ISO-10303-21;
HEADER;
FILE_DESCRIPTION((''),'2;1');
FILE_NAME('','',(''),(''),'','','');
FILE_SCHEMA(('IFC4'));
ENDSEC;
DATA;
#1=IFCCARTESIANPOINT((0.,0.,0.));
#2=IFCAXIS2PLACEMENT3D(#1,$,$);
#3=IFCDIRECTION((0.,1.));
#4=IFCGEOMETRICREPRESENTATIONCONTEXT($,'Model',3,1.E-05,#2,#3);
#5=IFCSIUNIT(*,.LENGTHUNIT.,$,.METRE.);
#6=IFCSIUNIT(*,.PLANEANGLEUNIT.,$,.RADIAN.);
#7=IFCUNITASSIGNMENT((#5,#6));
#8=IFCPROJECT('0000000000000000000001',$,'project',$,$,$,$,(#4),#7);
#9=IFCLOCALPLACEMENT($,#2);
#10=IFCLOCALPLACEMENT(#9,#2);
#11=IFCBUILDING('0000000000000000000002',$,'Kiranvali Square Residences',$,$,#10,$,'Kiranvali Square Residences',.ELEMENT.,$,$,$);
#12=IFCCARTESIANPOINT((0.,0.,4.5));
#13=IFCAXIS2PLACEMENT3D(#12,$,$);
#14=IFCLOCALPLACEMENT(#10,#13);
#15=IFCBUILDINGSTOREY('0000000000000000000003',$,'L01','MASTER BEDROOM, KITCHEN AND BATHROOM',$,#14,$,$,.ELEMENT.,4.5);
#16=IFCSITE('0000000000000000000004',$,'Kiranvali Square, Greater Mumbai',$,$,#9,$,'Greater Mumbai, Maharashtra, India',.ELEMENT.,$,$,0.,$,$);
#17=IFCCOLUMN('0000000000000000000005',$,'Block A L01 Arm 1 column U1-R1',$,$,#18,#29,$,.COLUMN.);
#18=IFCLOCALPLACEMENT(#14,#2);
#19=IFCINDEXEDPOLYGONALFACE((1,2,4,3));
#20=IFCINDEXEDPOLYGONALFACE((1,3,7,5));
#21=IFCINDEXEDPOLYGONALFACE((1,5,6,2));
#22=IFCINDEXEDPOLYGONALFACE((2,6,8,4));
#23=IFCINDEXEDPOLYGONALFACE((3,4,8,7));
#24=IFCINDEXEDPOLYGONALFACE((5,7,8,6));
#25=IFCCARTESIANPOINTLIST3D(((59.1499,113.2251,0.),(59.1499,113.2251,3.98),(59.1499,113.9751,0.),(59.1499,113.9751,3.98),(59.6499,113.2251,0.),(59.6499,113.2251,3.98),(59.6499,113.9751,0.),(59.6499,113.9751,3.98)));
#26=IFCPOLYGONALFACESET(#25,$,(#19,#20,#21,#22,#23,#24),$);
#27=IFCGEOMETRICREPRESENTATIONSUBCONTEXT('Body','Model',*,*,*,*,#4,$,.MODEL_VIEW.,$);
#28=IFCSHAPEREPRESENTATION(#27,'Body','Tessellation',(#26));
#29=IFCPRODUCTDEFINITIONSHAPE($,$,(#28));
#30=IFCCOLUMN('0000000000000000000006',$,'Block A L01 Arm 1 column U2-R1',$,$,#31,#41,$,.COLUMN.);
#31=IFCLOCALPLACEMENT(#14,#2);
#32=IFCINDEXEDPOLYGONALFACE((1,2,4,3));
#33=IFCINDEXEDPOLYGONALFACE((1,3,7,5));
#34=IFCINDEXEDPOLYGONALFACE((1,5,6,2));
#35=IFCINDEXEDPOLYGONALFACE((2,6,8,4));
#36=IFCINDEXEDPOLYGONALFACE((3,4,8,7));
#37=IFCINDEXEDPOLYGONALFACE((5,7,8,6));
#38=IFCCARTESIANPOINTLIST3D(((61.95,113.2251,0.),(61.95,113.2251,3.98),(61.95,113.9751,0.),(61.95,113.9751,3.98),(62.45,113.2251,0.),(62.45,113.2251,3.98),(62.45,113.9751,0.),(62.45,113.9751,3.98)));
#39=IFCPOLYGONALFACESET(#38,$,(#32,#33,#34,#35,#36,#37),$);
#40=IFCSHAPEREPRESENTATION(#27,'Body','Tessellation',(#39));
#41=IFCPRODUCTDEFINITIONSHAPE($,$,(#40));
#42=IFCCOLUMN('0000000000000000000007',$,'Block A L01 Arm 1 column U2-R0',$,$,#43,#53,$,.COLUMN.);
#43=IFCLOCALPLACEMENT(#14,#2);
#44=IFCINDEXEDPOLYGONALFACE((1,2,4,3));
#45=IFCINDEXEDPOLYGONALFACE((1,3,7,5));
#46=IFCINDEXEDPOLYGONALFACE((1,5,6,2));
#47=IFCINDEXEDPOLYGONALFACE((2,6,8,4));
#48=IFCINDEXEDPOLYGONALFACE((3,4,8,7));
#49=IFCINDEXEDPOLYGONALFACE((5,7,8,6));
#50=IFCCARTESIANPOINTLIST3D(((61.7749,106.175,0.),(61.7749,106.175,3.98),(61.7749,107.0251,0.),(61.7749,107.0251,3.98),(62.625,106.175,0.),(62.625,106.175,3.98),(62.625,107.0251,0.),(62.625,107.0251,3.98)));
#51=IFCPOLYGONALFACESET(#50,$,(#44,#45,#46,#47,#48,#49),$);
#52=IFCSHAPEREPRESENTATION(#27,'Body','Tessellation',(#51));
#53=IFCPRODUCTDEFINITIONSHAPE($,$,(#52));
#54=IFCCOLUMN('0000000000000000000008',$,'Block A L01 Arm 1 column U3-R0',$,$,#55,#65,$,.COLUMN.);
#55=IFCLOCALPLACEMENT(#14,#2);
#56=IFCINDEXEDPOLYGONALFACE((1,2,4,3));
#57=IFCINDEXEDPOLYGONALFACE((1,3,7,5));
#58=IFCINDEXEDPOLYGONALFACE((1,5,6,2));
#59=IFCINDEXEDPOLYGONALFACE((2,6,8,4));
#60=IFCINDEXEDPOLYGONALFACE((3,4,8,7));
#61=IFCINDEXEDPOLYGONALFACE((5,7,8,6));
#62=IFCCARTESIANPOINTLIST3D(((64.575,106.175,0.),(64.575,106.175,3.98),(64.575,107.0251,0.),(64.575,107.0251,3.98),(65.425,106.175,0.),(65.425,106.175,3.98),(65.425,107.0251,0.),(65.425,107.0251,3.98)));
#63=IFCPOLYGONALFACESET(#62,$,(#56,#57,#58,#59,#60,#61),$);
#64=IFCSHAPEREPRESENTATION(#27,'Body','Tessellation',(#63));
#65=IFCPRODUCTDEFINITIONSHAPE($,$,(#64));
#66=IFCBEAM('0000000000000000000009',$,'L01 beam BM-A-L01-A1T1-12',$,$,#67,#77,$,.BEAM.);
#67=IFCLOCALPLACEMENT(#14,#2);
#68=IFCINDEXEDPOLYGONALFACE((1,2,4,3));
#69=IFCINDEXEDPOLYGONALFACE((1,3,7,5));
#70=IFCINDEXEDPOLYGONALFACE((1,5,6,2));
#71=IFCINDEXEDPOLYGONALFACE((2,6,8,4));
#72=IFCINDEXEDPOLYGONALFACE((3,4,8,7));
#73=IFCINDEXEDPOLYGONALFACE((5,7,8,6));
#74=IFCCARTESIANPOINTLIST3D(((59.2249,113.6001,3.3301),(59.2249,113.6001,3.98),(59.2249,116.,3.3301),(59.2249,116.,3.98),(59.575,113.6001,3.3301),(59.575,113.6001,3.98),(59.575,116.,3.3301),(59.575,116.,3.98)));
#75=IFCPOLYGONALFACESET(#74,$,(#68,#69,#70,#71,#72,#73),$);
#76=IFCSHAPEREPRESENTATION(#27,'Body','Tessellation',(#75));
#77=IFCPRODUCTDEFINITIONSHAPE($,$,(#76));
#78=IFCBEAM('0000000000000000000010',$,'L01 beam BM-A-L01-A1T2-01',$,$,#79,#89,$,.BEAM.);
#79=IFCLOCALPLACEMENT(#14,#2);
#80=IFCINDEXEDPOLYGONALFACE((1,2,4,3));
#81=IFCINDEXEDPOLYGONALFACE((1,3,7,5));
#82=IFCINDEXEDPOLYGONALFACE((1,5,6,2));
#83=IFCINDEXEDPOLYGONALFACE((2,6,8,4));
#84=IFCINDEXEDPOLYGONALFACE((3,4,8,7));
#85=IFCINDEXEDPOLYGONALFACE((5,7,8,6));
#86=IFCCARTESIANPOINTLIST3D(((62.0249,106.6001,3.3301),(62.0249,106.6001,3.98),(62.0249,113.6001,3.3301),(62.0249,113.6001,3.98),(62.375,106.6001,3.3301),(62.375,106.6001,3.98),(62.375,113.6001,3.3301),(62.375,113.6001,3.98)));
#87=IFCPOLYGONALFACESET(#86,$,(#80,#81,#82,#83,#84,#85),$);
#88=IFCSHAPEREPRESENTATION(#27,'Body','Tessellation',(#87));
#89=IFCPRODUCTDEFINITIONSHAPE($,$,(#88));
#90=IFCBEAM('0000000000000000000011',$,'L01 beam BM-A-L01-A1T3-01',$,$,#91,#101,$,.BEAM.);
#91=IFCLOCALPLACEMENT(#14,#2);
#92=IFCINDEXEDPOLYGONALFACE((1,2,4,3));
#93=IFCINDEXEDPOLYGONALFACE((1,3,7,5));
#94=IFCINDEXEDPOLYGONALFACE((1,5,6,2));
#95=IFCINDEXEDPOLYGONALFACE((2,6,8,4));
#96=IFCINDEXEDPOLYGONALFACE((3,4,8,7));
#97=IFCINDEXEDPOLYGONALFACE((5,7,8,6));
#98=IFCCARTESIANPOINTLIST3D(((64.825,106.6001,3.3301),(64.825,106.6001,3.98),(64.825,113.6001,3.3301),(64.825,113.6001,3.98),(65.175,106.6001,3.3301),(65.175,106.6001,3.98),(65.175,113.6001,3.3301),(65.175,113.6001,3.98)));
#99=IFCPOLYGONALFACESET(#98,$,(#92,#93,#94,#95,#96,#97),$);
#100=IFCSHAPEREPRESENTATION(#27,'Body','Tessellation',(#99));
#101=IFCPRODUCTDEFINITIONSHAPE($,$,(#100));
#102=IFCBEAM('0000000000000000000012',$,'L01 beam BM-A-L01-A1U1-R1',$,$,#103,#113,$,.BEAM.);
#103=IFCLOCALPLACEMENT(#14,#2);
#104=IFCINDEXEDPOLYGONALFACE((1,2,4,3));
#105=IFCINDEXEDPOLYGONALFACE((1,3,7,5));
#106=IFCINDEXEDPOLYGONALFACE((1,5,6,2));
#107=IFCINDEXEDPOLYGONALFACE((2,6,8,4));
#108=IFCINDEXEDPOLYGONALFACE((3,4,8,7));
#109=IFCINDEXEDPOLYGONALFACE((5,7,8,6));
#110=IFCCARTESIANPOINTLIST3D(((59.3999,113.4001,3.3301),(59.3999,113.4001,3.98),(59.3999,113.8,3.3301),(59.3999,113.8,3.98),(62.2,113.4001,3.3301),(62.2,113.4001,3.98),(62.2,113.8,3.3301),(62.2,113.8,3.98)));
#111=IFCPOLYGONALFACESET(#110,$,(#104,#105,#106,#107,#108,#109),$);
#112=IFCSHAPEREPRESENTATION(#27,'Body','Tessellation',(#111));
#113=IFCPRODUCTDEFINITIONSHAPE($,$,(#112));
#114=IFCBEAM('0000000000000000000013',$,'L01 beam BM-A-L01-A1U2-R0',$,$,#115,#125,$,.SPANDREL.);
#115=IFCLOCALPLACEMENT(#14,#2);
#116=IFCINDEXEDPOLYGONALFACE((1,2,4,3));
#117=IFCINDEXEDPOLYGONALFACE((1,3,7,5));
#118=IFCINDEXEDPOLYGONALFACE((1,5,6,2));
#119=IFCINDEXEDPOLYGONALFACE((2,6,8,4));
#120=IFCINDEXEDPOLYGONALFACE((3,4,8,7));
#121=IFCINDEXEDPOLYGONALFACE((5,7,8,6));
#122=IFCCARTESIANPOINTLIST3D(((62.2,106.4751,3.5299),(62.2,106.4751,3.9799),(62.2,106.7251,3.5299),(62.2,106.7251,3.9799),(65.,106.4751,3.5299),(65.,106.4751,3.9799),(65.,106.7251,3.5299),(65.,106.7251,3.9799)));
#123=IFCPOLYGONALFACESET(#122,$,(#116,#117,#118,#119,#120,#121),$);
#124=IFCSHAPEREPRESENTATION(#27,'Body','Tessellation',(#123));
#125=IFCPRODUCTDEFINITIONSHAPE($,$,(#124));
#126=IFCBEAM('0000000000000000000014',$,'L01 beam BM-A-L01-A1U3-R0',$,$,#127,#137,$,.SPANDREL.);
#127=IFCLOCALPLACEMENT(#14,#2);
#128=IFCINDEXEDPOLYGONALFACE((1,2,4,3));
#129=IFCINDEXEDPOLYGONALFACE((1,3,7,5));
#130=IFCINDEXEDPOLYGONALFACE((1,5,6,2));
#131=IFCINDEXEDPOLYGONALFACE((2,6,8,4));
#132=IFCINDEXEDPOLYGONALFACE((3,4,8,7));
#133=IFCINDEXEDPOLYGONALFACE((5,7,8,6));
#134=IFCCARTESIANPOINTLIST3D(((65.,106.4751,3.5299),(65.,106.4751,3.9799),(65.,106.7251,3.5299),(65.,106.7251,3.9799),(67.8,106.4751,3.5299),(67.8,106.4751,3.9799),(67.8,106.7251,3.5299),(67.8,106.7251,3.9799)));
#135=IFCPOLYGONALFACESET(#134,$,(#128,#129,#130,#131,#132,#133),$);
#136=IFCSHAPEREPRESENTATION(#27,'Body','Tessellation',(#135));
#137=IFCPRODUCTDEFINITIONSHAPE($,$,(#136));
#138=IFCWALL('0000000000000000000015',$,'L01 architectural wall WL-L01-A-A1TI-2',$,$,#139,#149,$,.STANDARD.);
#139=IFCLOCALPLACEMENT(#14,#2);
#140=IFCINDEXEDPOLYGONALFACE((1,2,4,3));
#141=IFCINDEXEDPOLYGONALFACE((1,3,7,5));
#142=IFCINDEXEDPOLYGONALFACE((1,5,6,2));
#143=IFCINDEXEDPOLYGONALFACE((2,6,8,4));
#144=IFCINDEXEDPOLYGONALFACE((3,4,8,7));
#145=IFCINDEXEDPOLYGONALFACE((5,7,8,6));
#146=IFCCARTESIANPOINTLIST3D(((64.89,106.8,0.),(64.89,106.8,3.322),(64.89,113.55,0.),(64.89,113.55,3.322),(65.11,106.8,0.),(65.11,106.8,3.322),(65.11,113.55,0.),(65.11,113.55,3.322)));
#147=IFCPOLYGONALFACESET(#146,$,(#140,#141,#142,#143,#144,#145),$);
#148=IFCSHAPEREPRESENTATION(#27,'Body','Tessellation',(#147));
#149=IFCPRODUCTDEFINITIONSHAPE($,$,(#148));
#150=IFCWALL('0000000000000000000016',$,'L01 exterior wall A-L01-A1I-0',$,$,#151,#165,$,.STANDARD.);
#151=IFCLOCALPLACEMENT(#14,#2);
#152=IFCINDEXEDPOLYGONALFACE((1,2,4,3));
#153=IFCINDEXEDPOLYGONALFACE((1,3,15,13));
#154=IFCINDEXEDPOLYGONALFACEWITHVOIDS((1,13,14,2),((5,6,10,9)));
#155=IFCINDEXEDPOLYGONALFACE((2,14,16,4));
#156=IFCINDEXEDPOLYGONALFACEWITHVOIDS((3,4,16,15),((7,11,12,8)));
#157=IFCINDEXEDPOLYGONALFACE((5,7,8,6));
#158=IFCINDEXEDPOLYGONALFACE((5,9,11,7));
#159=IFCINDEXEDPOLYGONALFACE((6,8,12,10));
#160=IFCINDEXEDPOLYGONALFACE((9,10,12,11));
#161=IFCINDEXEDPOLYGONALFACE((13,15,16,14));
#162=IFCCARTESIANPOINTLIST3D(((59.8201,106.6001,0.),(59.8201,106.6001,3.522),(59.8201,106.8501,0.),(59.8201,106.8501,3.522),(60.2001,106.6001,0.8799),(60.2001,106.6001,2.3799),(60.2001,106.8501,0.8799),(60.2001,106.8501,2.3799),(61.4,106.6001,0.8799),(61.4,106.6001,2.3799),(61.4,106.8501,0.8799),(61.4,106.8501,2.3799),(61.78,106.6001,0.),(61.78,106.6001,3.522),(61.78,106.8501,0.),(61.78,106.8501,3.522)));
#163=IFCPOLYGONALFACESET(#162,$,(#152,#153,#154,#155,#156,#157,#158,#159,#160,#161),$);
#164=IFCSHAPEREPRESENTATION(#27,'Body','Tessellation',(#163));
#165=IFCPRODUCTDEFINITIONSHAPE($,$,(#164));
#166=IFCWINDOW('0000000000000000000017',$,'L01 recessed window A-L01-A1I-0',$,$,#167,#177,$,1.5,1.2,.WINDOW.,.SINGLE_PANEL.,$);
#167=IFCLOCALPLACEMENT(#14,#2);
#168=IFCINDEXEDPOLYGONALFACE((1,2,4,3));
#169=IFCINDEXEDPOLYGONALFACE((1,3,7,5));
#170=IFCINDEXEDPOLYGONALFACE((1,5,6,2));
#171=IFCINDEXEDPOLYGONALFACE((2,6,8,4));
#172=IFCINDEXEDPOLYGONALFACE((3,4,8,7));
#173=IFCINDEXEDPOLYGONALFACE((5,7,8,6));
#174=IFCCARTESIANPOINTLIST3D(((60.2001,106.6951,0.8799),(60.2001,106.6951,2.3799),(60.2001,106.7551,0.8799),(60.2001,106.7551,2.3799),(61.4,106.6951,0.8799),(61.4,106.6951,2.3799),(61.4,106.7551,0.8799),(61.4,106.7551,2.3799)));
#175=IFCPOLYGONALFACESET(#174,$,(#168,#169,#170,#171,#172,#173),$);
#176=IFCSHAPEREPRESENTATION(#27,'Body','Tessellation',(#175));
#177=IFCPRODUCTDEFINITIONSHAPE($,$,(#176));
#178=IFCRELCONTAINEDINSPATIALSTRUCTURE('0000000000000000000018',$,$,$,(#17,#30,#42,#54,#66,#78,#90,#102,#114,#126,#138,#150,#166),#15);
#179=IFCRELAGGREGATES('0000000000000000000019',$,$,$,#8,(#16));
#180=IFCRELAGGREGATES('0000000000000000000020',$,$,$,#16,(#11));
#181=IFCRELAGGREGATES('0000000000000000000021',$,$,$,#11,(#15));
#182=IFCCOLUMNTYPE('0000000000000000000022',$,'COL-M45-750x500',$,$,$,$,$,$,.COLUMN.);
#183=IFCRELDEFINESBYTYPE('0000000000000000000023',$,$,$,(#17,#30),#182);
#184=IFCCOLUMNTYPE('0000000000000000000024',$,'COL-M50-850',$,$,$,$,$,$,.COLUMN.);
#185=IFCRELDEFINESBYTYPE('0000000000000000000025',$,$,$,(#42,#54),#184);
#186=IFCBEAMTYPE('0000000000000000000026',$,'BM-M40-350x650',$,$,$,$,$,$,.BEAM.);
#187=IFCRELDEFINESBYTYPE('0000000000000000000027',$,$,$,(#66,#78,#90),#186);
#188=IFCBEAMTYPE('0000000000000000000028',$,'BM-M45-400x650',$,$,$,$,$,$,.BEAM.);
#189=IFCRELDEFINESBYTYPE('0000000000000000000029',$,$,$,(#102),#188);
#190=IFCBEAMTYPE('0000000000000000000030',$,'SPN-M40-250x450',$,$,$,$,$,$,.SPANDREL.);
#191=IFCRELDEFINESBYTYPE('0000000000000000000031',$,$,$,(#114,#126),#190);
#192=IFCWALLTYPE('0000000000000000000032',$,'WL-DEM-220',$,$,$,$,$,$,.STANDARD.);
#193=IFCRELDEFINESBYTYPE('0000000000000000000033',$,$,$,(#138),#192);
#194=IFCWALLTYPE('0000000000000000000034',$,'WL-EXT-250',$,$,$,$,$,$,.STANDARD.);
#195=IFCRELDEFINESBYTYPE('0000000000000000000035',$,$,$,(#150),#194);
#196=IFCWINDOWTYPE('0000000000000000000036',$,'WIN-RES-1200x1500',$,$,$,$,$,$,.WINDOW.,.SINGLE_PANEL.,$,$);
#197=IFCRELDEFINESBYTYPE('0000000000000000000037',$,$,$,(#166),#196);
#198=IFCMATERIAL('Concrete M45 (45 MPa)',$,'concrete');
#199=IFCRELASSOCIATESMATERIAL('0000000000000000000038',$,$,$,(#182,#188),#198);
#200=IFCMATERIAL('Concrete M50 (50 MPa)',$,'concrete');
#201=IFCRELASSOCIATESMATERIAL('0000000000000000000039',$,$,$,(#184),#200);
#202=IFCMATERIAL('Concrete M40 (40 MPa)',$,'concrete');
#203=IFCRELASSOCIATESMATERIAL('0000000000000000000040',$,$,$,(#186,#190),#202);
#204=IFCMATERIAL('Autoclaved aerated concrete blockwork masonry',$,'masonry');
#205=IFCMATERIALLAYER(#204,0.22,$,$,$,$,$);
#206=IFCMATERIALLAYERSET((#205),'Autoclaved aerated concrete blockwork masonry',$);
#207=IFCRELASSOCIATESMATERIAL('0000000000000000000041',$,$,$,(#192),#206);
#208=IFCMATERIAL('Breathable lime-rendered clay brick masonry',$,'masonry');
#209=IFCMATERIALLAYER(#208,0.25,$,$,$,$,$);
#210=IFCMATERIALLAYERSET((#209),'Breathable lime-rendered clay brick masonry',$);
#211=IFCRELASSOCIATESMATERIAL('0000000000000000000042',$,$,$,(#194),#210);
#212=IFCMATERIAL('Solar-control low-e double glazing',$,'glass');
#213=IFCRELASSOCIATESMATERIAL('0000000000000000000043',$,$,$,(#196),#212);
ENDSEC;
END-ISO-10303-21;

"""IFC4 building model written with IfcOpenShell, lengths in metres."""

from ifc_helpers import new_model, si_unit, direction, frame, frame_2d, origin, origin_2d, place, context, subcontext, project, spatial, rectangle, extrude, material, layer, layer_set, material_profile, profile_set, type_object, element, fill, save


model = new_model("IFC4")

# Units and contexts
model_context = context("Model", 3, precision=1e-05, world=origin(), true_north=direction((0.0, 1.0)))
body_context = subcontext(model_context, "Body", "Model", "MODEL_VIEW")
ifc_project = project(units=[si_unit("LENGTHUNIT", "METRE"), si_unit("PLANEANGLEUNIT", "RADIAN")], contexts=[model_context])

# Site, building, storey
site_placement = place(None, origin())
site = spatial("IfcSite", under=ifc_project, at=site_placement, Name="Kiranvali Square, Greater Mumbai", LongName="Greater Mumbai, Maharashtra, India", CompositionType="ELEMENT", RefElevation=0.0)
building_placement = place(site_placement, origin())
building = spatial("IfcBuilding", under=site, at=building_placement, Name="Kiranvali Square Residences", LongName="Kiranvali Square Residences", CompositionType="ELEMENT")
storey_placement = place(building_placement, frame((0.0, 0.0, 4.5)))
storey = spatial("IfcBuildingStorey", under=building, at=storey_placement, Name="L01", Description="MASTER BEDROOM, KITCHEN AND BATHROOM", CompositionType="ELEMENT", Elevation=4.5)

# Columns
ifc_material_1 = material(Name="Concrete M45 (45 MPa)", Category="concrete")
ifc_material_profile_1 = material_profile(ifc_material_1, rectangle(XDim=0.5, YDim=0.75, at=origin_2d()), Name="RC 750x500")
ifc_profile_set_1 = profile_set([ifc_material_profile_1], Name="Concrete M45 (45 MPa)")
column_type_1 = type_object("IfcColumnType", Name="COL-M45-750x500", PredefinedType="COLUMN", material=ifc_profile_set_1)
for number, where, z_axis, x_axis, name in (
    (1, (59.3999, 113.6001, 0.0), (0.0, 0.0, 1.0), (1.0, 0.0, 0.0), "Block A L01 Arm 1 column U1-R1"),
    (2, (62.2, 113.6001, 0.0), (0.0, 0.0, 1.0), (1.0, 0.0, 0.0), "Block A L01 Arm 1 column U2-R1"),
):
    element("IfcColumn", number, at=place(storey_placement, frame(where, z_axis=z_axis, x_axis=x_axis)), inside=storey, type_object=column_type_1, Name=name, PredefinedType="COLUMN", context=body_context, shape_type="SweptSolid", body=[
        extrude(rectangle(XDim=0.5, YDim=0.75, at=origin_2d()), origin(), (0.0, 0.0, 1.0), 3.98),
    ])
ifc_material_2 = material(Name="Concrete M50 (50 MPa)", Category="concrete")
ifc_material_profile_2 = material_profile(ifc_material_2, rectangle(XDim=0.8501, YDim=0.8501, at=origin_2d()), Name="RC 850x850")
ifc_profile_set_2 = profile_set([ifc_material_profile_2], Name="Concrete M50 (50 MPa)")
column_type_2 = type_object("IfcColumnType", Name="COL-M50-850", PredefinedType="COLUMN", material=ifc_profile_set_2)
for number, where, z_axis, x_axis, name in (
    (3, (62.2, 106.6001, 0.0), (0.0, 0.0, 1.0), (1.0, 0.0, 0.0), "Block A L01 Arm 1 column U2-R0"),
    (4, (65.0, 106.6001, 0.0), (0.0, 0.0, 1.0), (1.0, 0.0, 0.0), "Block A L01 Arm 1 column U3-R0"),
):
    element("IfcColumn", number, at=place(storey_placement, frame(where, z_axis=z_axis, x_axis=x_axis)), inside=storey, type_object=column_type_2, Name=name, PredefinedType="COLUMN", context=body_context, shape_type="SweptSolid", body=[
        extrude(rectangle(XDim=0.8501, YDim=0.8501, at=origin_2d()), origin(), (0.0, 0.0, 1.0), 3.98),
    ])

# Beams
ifc_material_3 = material(Name="Concrete M40 (40 MPa)", Category="concrete")
ifc_material_profile_3 = material_profile(ifc_material_3, rectangle(XDim=0.3501, YDim=0.6499, at=origin_2d()), Name="RC 350x650")
ifc_profile_set_3 = profile_set([ifc_material_profile_3], Name="Concrete M40 (40 MPa)")
beam_type_1 = type_object("IfcBeamType", Name="BM-M40-350x650", PredefinedType="BEAM", material=ifc_profile_set_3)
beam_1_placement = place(storey_placement, frame((59.3999, 113.6001, 3.655), z_axis=(0.0, 1.0, 0.0), x_axis=(-1.0, 0.0, 0.0)))
element("IfcBeam", 5, at=beam_1_placement, inside=storey, type_object=beam_type_1, Name="L01 beam BM-A-L01-A1T1-12", PredefinedType="BEAM", context=body_context, shape_type="SweptSolid", body=[
    extrude(rectangle(XDim=0.3501, YDim=0.6499, at=origin_2d()), origin(), (0.0, 0.0, 1.0), 2.3999),
])
for number, where, z_axis, x_axis, name in (
    (6, (62.2, 106.6001, 3.655), (0.0, 1.0, 0.0), (-1.0, 0.0, 0.0), "L01 beam BM-A-L01-A1T2-01"),
    (7, (65.0, 106.6001, 3.655), (0.0, 1.0, 0.0), (-1.0, 0.0, 0.0), "L01 beam BM-A-L01-A1T3-01"),
):
    element("IfcBeam", number, at=place(storey_placement, frame(where, z_axis=z_axis, x_axis=x_axis)), inside=storey, type_object=beam_type_1, Name=name, PredefinedType="BEAM", context=body_context, shape_type="SweptSolid", body=[
        extrude(rectangle(XDim=0.3501, YDim=0.6499, at=origin_2d()), origin(), (0.0, 0.0, 1.0), 7.0),
    ])
ifc_material_profile_4 = material_profile(ifc_material_1, rectangle(XDim=0.3999, YDim=0.6499, at=origin_2d()), Name="RC 400x650")
ifc_profile_set_4 = profile_set([ifc_material_profile_4], Name="Concrete M45 (45 MPa)")
beam_type_2 = type_object("IfcBeamType", Name="BM-M45-400x650", PredefinedType="BEAM", material=ifc_profile_set_4)
beam_2_placement = place(storey_placement, frame((59.3999, 113.6001, 3.655), z_axis=(1.0, 0.0, 0.0), x_axis=(0.0, 1.0, 0.0)))
element("IfcBeam", 8, at=beam_2_placement, inside=storey, type_object=beam_type_2, Name="L01 beam BM-A-L01-A1U1-R1", PredefinedType="BEAM", context=body_context, shape_type="SweptSolid", body=[
    extrude(rectangle(XDim=0.3999, YDim=0.6499, at=origin_2d()), origin(), (0.0, 0.0, 1.0), 2.8),
])
ifc_material_profile_5 = material_profile(ifc_material_3, rectangle(XDim=0.25, YDim=0.45, at=origin_2d()), Name="RC 250x450")
ifc_profile_set_5 = profile_set([ifc_material_profile_5], Name="Concrete M40 (40 MPa)")
beam_type_3 = type_object("IfcBeamType", Name="SPN-M40-250x450", PredefinedType="SPANDREL", material=ifc_profile_set_5)
for number, where, z_axis, x_axis, name in (
    (9, (62.2, 106.6001, 3.7549), (1.0, 0.0, 0.0), (0.0, 1.0, 0.0), "L01 beam BM-A-L01-A1U2-R0"),
    (10, (65.0, 106.6001, 3.7549), (1.0, 0.0, 0.0), (0.0, 1.0, 0.0), "L01 beam BM-A-L01-A1U3-R0"),
):
    element("IfcBeam", number, at=place(storey_placement, frame(where, z_axis=z_axis, x_axis=x_axis)), inside=storey, type_object=beam_type_3, Name=name, PredefinedType="SPANDREL", context=body_context, shape_type="SweptSolid", body=[
        extrude(rectangle(XDim=0.25, YDim=0.45, at=origin_2d()), origin(), (0.0, 0.0, 1.0), 2.8),
    ])

# Shared definitions
ifc_material_4 = material(Name="Autoclaved aerated concrete blockwork masonry", Category="masonry")

# Wall
ifc_layer_1 = layer(ifc_material_4, 0.22)
ifc_layer_set_1 = layer_set([ifc_layer_1], Name="Autoclaved aerated concrete blockwork masonry")
wall_type_1 = type_object("IfcWallType", Name="WL-DEM-220", PredefinedType="STANDARD", material=ifc_layer_set_1)
wall_1_placement = place(storey_placement, frame((65.0, 106.8, 0.0), z_axis=(0.0, 0.0, 1.0), x_axis=(0.0, 1.0, 0.0)))
element("IfcWall", 11, at=wall_1_placement, inside=storey, type_object=wall_type_1, Name="L01 architectural wall WL-L01-A-A1TI-2", PredefinedType="STANDARD", context=body_context, shape_type="SweptSolid", body=[
    extrude(rectangle(XDim=6.75, YDim=0.22, at=frame_2d((3.375, 0.0))), origin(), (0.0, 0.0, 1.0), 3.322),
])

# Wall, opening, window
ifc_material_5 = material(Name="Breathable lime-rendered clay brick masonry", Category="masonry")
ifc_layer_2 = layer(ifc_material_5, 0.25)
ifc_layer_set_2 = layer_set([ifc_layer_2], Name="Breathable lime-rendered clay brick masonry")
wall_type_2 = type_object("IfcWallType", Name="WL-EXT-250", PredefinedType="STANDARD", material=ifc_layer_set_2)
wall_2_placement = place(storey_placement, frame((59.8201, 106.7251, 0.0), z_axis=(0.0, 0.0, 1.0), x_axis=(1.0, 0.0, 0.0)))
wall_2 = element("IfcWall", 12, at=wall_2_placement, inside=storey, type_object=wall_type_2, Name="L01 exterior wall A-L01-A1I-0", PredefinedType="STANDARD", context=body_context, shape_type="SweptSolid", body=[
    extrude(rectangle(XDim=1.96, YDim=0.25, at=frame_2d((0.98, 0.0))), origin(), (0.0, 0.0, 1.0), 3.522),
])
opening_1_placement = place(wall_2_placement, frame((0.3799, 0.0, 0.8799)))
opening_1 = element("IfcOpeningElement", 13, at=opening_1_placement, cuts=wall_2, PredefinedType="OPENING", context=body_context, shape_type="SweptSolid", body=[
    extrude(rectangle(XDim=1.2, YDim=1.5, at=frame_2d((0.6001, 0.75))), frame((0.0, 0.135, 0.0), z_axis=(0.0, -1.0, 0.0), x_axis=(1.0, 0.0, 0.0)), (0.0, 0.0, 1.0), 0.27),
])
ifc_material_6 = material(Name="Solar-control low-e double glazing", Category="glass")
window_type = type_object("IfcWindowType", Name="WIN-RES-1200x1500", PartitioningType="SINGLE_PANEL", PredefinedType="WINDOW", material=ifc_material_6)
window_1_placement = place(opening_1_placement, origin())
window_1 = element("IfcWindow", 14, at=window_1_placement, inside=storey, type_object=window_type, Name="L01 recessed window A-L01-A1I-0", OverallHeight=1.5, OverallWidth=1.2, PartitioningType="SINGLE_PANEL", PredefinedType="WINDOW", context=body_context, shape_type="SweptSolid", body=[
    extrude(rectangle(XDim=1.2, YDim=1.5, at=frame_2d((0.6001, 0.75))), frame((0.0, 0.03, 0.0), z_axis=(0.0, -1.0, 0.0), x_axis=(1.0, 0.0, 0.0)), (0.0, 0.0, 1.0), 0.0601),
])
fill(opening_1, window_1)

save(model, "model.ifc")
